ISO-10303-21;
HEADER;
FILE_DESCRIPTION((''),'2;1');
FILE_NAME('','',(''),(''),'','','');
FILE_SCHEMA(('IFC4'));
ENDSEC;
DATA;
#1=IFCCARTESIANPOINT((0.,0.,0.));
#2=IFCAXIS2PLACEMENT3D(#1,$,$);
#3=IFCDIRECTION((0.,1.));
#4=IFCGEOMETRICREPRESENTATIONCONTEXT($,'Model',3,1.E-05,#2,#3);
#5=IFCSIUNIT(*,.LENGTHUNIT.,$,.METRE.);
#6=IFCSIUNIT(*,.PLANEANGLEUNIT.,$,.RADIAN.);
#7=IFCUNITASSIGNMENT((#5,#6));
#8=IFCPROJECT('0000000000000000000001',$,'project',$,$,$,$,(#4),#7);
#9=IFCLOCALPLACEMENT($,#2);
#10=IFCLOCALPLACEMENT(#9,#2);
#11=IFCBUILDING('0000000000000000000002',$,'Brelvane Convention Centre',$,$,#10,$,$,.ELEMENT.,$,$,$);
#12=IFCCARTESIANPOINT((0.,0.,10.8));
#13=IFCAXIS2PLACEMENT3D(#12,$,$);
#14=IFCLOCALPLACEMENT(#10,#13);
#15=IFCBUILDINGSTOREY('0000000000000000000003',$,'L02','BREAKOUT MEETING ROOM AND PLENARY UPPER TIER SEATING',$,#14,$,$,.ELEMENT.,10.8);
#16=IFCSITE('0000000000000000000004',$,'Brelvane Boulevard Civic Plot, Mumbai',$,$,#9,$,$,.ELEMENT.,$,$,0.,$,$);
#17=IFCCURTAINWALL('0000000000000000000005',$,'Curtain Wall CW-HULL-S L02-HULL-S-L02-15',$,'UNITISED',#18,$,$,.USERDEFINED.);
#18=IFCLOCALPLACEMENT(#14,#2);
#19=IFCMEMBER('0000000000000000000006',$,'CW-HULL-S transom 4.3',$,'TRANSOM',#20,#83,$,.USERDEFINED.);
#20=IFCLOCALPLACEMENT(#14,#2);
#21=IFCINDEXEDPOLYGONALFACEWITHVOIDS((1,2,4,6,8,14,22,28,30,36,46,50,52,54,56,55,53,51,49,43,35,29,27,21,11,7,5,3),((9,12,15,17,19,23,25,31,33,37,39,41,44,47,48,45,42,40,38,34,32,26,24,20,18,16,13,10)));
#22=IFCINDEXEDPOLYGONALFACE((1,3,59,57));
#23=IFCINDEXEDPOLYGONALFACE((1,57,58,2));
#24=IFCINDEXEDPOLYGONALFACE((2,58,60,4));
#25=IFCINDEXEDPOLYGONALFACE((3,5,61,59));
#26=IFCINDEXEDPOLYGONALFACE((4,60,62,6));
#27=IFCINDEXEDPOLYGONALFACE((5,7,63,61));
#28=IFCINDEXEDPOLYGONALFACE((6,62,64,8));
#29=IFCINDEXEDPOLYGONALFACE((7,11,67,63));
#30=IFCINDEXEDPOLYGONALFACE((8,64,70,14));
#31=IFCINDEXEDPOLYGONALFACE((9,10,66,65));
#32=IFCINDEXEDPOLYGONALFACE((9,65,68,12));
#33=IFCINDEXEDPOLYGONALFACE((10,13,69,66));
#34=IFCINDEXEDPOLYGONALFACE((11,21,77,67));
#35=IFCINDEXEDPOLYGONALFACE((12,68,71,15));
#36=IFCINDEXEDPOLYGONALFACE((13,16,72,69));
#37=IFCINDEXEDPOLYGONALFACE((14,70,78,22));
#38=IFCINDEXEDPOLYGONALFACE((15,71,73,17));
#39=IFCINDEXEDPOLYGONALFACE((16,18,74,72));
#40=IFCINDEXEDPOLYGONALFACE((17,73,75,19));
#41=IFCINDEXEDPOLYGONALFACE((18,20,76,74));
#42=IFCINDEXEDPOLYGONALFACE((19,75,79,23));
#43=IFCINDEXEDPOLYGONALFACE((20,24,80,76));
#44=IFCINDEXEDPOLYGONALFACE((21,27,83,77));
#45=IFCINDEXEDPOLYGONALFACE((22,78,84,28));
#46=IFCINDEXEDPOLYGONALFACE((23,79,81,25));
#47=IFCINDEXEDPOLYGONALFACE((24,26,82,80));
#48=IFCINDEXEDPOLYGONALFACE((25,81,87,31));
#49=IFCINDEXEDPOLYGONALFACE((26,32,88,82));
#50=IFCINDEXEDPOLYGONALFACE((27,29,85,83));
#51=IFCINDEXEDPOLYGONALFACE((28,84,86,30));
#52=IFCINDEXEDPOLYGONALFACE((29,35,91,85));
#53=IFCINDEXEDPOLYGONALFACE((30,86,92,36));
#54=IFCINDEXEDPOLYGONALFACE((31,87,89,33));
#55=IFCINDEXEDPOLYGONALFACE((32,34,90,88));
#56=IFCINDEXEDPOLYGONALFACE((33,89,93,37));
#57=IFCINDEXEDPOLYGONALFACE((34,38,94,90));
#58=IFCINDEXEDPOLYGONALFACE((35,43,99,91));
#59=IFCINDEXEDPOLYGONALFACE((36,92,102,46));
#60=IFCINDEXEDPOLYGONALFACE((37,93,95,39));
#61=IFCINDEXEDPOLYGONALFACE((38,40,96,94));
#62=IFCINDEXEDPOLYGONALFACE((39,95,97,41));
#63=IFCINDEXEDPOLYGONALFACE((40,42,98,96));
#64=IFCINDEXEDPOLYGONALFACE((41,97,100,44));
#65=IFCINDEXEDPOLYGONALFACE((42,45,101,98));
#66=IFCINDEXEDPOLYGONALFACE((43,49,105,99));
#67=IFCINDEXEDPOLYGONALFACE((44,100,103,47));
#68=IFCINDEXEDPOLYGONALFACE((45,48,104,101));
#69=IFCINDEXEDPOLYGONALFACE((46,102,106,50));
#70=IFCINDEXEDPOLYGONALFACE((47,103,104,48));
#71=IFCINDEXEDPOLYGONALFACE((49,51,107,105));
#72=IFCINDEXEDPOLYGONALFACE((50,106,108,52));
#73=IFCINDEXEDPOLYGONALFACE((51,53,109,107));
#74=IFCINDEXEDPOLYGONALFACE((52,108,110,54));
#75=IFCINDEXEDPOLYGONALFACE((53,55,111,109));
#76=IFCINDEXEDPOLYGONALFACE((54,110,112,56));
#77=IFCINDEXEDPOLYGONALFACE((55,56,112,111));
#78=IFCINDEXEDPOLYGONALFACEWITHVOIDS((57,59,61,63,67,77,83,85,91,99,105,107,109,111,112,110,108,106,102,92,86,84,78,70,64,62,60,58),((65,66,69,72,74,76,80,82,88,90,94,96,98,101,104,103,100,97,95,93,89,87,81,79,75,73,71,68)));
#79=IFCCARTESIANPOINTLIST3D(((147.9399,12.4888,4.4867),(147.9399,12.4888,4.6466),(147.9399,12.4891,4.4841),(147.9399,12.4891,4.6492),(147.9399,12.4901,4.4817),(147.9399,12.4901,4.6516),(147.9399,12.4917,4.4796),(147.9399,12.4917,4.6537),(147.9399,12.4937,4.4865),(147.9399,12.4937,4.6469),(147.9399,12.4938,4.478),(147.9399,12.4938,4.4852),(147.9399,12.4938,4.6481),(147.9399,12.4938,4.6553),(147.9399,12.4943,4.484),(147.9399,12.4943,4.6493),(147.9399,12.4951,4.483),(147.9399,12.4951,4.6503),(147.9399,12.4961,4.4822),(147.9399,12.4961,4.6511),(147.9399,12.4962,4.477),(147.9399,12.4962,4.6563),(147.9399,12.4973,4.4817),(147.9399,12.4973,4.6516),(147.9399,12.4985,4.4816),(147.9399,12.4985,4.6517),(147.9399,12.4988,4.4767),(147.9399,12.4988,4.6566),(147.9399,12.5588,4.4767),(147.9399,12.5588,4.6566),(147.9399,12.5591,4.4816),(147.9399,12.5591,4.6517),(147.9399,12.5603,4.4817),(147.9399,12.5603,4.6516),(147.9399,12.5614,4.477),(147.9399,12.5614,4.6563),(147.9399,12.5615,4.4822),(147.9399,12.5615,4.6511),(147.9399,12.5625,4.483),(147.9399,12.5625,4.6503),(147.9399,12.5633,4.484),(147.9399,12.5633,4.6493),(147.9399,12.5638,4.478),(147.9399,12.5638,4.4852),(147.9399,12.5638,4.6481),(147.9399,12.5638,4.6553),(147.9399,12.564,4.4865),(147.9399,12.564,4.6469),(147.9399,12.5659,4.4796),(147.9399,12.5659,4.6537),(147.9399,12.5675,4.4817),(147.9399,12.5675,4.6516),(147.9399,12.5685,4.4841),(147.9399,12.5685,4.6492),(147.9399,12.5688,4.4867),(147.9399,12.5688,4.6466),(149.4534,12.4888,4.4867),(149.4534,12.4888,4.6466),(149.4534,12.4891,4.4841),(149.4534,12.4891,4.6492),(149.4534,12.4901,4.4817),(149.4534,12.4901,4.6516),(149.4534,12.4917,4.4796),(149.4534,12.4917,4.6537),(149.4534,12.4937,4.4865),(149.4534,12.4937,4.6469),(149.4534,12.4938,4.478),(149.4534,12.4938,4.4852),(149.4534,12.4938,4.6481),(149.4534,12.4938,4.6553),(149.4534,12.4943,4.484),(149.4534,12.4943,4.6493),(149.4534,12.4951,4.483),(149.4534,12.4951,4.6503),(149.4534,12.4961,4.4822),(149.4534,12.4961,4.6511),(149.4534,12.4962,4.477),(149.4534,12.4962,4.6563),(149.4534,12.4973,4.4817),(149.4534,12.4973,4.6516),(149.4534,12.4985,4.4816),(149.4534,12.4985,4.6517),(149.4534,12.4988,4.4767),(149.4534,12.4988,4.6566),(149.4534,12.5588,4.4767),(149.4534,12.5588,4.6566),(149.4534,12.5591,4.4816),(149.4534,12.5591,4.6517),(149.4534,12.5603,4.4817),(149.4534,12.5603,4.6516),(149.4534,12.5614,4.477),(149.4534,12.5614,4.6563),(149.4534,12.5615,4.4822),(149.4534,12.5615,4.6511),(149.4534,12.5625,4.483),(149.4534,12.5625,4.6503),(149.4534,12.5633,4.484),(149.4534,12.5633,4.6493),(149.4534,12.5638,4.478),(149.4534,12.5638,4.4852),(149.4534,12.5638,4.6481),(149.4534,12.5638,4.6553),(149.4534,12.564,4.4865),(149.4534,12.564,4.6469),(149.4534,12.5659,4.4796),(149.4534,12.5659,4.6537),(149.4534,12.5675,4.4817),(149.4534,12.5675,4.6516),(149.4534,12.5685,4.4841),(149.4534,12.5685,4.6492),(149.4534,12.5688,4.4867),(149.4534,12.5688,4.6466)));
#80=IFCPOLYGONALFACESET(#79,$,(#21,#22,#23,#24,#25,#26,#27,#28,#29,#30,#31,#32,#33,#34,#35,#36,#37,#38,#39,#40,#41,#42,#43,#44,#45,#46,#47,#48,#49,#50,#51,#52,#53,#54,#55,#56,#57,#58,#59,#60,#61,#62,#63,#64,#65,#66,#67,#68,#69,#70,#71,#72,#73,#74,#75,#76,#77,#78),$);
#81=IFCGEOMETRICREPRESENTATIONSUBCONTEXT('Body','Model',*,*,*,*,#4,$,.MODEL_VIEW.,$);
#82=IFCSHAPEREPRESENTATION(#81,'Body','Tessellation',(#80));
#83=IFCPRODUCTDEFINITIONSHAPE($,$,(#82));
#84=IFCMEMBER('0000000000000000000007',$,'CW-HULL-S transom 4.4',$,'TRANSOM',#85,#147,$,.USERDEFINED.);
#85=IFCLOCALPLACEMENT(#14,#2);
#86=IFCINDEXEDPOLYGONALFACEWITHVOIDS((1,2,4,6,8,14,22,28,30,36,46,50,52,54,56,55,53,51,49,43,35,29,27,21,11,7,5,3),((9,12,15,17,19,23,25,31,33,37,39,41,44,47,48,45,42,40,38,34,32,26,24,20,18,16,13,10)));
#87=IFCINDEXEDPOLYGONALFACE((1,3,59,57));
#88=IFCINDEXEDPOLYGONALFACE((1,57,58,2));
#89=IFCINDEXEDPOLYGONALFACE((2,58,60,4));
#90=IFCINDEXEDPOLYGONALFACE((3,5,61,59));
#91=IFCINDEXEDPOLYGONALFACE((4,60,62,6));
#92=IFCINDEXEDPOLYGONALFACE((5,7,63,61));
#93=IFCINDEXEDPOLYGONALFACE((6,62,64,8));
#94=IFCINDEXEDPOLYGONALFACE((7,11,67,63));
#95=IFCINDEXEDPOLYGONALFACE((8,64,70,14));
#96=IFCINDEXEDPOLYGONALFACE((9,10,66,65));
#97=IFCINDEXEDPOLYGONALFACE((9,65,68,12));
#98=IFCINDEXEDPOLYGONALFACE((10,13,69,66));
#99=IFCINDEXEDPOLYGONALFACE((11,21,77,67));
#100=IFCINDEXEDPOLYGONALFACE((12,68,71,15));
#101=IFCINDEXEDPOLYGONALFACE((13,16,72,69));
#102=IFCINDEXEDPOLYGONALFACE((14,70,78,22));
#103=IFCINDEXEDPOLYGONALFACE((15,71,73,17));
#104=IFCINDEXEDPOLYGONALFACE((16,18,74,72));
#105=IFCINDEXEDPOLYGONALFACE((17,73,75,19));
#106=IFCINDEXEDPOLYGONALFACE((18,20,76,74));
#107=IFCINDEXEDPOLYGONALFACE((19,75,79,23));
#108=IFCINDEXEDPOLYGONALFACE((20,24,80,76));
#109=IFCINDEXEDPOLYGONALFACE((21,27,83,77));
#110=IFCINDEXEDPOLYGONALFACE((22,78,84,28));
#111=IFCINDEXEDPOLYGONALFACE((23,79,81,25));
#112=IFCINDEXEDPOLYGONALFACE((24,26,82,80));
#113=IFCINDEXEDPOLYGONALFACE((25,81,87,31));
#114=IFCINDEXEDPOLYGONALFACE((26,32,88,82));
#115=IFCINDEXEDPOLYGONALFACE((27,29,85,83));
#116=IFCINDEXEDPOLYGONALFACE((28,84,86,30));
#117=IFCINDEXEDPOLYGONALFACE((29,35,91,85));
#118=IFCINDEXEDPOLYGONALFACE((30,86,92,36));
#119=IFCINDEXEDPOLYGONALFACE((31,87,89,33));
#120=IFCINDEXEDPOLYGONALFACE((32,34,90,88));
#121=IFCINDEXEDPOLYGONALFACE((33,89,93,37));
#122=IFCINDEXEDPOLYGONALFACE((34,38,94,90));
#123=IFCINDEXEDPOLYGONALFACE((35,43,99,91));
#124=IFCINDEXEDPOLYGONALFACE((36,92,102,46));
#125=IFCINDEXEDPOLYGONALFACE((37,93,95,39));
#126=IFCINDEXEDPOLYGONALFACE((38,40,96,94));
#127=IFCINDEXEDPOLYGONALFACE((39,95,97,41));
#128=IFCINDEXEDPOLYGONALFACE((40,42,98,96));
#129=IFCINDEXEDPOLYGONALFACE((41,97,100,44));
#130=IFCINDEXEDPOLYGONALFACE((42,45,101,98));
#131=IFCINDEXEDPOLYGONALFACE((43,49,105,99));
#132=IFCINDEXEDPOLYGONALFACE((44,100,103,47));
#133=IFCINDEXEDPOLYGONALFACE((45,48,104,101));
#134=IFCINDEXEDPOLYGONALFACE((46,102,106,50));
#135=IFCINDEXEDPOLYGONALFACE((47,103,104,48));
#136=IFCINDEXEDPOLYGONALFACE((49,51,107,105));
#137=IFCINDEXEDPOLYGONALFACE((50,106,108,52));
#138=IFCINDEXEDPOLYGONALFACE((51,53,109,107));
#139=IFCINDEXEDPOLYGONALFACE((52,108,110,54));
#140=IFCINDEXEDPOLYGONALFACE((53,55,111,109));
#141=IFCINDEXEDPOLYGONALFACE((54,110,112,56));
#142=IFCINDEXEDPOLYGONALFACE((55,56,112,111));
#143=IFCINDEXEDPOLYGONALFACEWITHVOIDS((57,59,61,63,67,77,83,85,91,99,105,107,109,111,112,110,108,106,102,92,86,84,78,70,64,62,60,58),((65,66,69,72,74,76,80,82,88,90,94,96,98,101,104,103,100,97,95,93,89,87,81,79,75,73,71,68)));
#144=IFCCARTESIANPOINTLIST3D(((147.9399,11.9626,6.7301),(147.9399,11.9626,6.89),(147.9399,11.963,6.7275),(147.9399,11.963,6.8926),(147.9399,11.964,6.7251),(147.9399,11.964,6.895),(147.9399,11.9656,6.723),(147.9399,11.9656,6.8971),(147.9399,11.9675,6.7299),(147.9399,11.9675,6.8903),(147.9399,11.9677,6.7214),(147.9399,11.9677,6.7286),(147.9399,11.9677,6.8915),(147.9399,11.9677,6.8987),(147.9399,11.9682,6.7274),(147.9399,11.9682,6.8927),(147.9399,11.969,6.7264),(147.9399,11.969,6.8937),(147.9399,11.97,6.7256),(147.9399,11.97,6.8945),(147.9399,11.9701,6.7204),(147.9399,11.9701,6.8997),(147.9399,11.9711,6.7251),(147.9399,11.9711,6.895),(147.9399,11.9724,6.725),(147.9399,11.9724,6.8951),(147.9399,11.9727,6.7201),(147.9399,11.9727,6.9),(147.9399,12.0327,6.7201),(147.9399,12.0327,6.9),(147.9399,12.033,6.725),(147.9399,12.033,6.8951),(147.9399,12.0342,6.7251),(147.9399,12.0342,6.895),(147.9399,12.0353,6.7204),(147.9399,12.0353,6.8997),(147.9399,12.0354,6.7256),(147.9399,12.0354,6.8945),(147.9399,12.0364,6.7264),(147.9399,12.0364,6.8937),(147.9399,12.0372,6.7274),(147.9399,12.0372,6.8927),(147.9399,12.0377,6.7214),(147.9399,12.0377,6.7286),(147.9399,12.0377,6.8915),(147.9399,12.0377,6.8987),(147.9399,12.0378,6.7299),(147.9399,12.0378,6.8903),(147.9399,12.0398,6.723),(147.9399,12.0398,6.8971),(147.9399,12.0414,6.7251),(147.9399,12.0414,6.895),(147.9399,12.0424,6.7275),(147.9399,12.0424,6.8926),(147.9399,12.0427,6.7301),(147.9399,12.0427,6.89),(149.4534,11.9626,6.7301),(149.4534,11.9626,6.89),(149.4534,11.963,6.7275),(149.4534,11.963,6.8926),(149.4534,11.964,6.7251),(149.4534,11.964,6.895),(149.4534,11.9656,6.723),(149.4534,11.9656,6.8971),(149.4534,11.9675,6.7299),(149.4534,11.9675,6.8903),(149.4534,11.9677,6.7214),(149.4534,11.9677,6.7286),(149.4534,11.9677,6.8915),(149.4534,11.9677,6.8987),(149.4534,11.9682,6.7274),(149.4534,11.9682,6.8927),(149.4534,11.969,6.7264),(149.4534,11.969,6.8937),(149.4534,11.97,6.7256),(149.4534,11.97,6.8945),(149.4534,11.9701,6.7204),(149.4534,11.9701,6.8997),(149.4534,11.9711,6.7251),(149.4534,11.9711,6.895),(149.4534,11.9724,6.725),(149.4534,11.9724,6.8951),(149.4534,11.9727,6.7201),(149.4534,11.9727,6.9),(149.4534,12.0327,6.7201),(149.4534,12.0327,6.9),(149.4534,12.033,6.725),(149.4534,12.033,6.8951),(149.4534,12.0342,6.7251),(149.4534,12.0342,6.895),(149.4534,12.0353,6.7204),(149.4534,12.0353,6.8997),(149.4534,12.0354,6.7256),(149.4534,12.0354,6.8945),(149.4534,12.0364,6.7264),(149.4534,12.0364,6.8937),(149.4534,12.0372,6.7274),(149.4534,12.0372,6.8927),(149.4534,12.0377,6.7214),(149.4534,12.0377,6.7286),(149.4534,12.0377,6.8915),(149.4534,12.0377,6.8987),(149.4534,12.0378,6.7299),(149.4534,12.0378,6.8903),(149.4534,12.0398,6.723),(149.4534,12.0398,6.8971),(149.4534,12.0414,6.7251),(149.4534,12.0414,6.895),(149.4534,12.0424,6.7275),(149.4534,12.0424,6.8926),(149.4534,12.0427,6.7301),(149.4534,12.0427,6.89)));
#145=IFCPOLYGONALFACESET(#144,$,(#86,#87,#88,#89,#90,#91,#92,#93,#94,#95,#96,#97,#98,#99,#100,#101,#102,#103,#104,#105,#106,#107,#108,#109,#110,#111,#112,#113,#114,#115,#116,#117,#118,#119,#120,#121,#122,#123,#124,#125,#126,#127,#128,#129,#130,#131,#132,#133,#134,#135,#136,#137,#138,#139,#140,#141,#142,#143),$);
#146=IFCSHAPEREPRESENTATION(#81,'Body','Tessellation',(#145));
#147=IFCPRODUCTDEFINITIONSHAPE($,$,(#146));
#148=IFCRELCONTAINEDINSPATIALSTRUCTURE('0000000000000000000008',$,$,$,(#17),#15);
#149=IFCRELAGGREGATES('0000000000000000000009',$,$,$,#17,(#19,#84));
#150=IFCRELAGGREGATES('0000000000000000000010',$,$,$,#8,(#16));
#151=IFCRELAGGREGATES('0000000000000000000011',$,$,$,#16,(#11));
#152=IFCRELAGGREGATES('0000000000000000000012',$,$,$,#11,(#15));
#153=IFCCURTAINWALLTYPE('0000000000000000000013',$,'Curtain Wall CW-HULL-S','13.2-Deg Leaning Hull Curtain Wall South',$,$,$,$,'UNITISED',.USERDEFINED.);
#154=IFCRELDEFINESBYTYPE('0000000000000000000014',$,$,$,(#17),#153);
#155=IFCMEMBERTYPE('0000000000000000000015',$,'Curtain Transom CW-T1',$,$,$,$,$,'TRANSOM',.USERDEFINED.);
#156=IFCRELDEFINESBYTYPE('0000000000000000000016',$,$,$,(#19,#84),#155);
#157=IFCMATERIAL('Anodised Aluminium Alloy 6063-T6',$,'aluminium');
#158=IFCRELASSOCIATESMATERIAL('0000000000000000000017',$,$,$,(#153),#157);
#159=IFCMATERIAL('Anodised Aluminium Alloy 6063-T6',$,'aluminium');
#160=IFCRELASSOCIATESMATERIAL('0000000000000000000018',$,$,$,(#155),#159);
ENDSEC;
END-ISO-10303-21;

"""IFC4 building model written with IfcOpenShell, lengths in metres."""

from ifc_helpers import new_model, si_unit, direction, frame, origin, origin_2d, place, context, subcontext, project, spatial, hollow_rectangle, extrude, material, material_profile, profile_set, type_object, element, aggregate, save


model = new_model("IFC4")

# Units and contexts
model_context = context("Model", 3, precision=1e-05, world=origin(), true_north=direction((0.0, 1.0)))
body_context = subcontext(model_context, "Body", "Model", "MODEL_VIEW")
ifc_project = project(units=[si_unit("LENGTHUNIT", "METRE"), si_unit("PLANEANGLEUNIT", "RADIAN")], contexts=[model_context])

# Site, building, storey
site_placement = place(None, origin())
site = spatial("IfcSite", under=ifc_project, at=site_placement, Name="Brelvane Boulevard Civic Plot, Mumbai", CompositionType="ELEMENT", RefElevation=0.0)
building_placement = place(site_placement, origin())
building = spatial("IfcBuilding", under=site, at=building_placement, Name="Brelvane Convention Centre", CompositionType="ELEMENT")
storey_placement = place(building_placement, frame((0.0, 0.0, 10.8)))
storey = spatial("IfcBuildingStorey", under=building, at=storey_placement, Name="L02", Description="BREAKOUT MEETING ROOM AND PLENARY UPPER TIER SEATING", CompositionType="ELEMENT", Elevation=10.8)

# Curtain wall, members
ifc_material_1 = material(Name="Anodised Aluminium Alloy 6063-T6", Category="aluminium")
curtain_wall_type = type_object("IfcCurtainWallType", Name="Curtain Wall CW-HULL-S", Description="13.2-Deg Leaning Hull Curtain Wall South", ElementType="UNITISED", PredefinedType="USERDEFINED", material=ifc_material_1)
curtain_wall_1_placement = place(storey_placement, origin())
curtain_wall_1 = element("IfcCurtainWall", 1, at=curtain_wall_1_placement, inside=storey, type_object=curtain_wall_type, Name="Curtain Wall CW-HULL-S L02-HULL-S-L02-15", ObjectType="UNITISED", PredefinedType="USERDEFINED")
ifc_material_2 = material(Name="Anodised Aluminium Alloy 6063-T6", Category="aluminium")
ifc_material_profile = material_profile(ifc_material_2, hollow_rectangle(XDim=0.0801, YDim=0.1799, WallThickness=0.0049, InnerFilletRadius=0.0049, OuterFilletRadius=0.01, at=origin_2d()), Name="ALU-T 180x80x5.0")
ifc_profile_set = profile_set([ifc_material_profile], Name="Anodised Aluminium Alloy 6063-T6")
member_type = type_object("IfcMemberType", Name="Curtain Transom CW-T1", ElementType="TRANSOM", PredefinedType="USERDEFINED", material=ifc_profile_set)
member_1_placement = place(storey_placement, frame((147.9399, 12.5288, 4.5667), z_axis=(1.0, 0.0, 0.0), x_axis=(0.0, 1.0, 0.0)))
member_1 = element("IfcMember", 2, at=member_1_placement, type_object=member_type, Name="CW-HULL-S transom 4.3", ObjectType="TRANSOM", PredefinedType="USERDEFINED", context=body_context, shape_type="SweptSolid", body=[
    extrude(hollow_rectangle(XDim=0.0801, YDim=0.1799, WallThickness=0.0049, InnerFilletRadius=0.0049, OuterFilletRadius=0.01, at=origin_2d()), origin(), (0.0, 0.0, 1.0), 1.5134),
])
member_2_placement = place(storey_placement, frame((147.9399, 12.0027, 6.8101), z_axis=(1.0, 0.0, 0.0), x_axis=(0.0, 1.0, 0.0)))
member_2 = element("IfcMember", 3, at=member_2_placement, type_object=member_type, Name="CW-HULL-S transom 4.4", ObjectType="TRANSOM", PredefinedType="USERDEFINED", context=body_context, shape_type="SweptSolid", body=[
    extrude(hollow_rectangle(XDim=0.0801, YDim=0.1799, WallThickness=0.0049, InnerFilletRadius=0.0049, OuterFilletRadius=0.01, at=origin_2d()), origin(), (0.0, 0.0, 1.0), 1.5134),
])

aggregate(curtain_wall_1, [member_1, member_2])

save(model, "model.ifc")
